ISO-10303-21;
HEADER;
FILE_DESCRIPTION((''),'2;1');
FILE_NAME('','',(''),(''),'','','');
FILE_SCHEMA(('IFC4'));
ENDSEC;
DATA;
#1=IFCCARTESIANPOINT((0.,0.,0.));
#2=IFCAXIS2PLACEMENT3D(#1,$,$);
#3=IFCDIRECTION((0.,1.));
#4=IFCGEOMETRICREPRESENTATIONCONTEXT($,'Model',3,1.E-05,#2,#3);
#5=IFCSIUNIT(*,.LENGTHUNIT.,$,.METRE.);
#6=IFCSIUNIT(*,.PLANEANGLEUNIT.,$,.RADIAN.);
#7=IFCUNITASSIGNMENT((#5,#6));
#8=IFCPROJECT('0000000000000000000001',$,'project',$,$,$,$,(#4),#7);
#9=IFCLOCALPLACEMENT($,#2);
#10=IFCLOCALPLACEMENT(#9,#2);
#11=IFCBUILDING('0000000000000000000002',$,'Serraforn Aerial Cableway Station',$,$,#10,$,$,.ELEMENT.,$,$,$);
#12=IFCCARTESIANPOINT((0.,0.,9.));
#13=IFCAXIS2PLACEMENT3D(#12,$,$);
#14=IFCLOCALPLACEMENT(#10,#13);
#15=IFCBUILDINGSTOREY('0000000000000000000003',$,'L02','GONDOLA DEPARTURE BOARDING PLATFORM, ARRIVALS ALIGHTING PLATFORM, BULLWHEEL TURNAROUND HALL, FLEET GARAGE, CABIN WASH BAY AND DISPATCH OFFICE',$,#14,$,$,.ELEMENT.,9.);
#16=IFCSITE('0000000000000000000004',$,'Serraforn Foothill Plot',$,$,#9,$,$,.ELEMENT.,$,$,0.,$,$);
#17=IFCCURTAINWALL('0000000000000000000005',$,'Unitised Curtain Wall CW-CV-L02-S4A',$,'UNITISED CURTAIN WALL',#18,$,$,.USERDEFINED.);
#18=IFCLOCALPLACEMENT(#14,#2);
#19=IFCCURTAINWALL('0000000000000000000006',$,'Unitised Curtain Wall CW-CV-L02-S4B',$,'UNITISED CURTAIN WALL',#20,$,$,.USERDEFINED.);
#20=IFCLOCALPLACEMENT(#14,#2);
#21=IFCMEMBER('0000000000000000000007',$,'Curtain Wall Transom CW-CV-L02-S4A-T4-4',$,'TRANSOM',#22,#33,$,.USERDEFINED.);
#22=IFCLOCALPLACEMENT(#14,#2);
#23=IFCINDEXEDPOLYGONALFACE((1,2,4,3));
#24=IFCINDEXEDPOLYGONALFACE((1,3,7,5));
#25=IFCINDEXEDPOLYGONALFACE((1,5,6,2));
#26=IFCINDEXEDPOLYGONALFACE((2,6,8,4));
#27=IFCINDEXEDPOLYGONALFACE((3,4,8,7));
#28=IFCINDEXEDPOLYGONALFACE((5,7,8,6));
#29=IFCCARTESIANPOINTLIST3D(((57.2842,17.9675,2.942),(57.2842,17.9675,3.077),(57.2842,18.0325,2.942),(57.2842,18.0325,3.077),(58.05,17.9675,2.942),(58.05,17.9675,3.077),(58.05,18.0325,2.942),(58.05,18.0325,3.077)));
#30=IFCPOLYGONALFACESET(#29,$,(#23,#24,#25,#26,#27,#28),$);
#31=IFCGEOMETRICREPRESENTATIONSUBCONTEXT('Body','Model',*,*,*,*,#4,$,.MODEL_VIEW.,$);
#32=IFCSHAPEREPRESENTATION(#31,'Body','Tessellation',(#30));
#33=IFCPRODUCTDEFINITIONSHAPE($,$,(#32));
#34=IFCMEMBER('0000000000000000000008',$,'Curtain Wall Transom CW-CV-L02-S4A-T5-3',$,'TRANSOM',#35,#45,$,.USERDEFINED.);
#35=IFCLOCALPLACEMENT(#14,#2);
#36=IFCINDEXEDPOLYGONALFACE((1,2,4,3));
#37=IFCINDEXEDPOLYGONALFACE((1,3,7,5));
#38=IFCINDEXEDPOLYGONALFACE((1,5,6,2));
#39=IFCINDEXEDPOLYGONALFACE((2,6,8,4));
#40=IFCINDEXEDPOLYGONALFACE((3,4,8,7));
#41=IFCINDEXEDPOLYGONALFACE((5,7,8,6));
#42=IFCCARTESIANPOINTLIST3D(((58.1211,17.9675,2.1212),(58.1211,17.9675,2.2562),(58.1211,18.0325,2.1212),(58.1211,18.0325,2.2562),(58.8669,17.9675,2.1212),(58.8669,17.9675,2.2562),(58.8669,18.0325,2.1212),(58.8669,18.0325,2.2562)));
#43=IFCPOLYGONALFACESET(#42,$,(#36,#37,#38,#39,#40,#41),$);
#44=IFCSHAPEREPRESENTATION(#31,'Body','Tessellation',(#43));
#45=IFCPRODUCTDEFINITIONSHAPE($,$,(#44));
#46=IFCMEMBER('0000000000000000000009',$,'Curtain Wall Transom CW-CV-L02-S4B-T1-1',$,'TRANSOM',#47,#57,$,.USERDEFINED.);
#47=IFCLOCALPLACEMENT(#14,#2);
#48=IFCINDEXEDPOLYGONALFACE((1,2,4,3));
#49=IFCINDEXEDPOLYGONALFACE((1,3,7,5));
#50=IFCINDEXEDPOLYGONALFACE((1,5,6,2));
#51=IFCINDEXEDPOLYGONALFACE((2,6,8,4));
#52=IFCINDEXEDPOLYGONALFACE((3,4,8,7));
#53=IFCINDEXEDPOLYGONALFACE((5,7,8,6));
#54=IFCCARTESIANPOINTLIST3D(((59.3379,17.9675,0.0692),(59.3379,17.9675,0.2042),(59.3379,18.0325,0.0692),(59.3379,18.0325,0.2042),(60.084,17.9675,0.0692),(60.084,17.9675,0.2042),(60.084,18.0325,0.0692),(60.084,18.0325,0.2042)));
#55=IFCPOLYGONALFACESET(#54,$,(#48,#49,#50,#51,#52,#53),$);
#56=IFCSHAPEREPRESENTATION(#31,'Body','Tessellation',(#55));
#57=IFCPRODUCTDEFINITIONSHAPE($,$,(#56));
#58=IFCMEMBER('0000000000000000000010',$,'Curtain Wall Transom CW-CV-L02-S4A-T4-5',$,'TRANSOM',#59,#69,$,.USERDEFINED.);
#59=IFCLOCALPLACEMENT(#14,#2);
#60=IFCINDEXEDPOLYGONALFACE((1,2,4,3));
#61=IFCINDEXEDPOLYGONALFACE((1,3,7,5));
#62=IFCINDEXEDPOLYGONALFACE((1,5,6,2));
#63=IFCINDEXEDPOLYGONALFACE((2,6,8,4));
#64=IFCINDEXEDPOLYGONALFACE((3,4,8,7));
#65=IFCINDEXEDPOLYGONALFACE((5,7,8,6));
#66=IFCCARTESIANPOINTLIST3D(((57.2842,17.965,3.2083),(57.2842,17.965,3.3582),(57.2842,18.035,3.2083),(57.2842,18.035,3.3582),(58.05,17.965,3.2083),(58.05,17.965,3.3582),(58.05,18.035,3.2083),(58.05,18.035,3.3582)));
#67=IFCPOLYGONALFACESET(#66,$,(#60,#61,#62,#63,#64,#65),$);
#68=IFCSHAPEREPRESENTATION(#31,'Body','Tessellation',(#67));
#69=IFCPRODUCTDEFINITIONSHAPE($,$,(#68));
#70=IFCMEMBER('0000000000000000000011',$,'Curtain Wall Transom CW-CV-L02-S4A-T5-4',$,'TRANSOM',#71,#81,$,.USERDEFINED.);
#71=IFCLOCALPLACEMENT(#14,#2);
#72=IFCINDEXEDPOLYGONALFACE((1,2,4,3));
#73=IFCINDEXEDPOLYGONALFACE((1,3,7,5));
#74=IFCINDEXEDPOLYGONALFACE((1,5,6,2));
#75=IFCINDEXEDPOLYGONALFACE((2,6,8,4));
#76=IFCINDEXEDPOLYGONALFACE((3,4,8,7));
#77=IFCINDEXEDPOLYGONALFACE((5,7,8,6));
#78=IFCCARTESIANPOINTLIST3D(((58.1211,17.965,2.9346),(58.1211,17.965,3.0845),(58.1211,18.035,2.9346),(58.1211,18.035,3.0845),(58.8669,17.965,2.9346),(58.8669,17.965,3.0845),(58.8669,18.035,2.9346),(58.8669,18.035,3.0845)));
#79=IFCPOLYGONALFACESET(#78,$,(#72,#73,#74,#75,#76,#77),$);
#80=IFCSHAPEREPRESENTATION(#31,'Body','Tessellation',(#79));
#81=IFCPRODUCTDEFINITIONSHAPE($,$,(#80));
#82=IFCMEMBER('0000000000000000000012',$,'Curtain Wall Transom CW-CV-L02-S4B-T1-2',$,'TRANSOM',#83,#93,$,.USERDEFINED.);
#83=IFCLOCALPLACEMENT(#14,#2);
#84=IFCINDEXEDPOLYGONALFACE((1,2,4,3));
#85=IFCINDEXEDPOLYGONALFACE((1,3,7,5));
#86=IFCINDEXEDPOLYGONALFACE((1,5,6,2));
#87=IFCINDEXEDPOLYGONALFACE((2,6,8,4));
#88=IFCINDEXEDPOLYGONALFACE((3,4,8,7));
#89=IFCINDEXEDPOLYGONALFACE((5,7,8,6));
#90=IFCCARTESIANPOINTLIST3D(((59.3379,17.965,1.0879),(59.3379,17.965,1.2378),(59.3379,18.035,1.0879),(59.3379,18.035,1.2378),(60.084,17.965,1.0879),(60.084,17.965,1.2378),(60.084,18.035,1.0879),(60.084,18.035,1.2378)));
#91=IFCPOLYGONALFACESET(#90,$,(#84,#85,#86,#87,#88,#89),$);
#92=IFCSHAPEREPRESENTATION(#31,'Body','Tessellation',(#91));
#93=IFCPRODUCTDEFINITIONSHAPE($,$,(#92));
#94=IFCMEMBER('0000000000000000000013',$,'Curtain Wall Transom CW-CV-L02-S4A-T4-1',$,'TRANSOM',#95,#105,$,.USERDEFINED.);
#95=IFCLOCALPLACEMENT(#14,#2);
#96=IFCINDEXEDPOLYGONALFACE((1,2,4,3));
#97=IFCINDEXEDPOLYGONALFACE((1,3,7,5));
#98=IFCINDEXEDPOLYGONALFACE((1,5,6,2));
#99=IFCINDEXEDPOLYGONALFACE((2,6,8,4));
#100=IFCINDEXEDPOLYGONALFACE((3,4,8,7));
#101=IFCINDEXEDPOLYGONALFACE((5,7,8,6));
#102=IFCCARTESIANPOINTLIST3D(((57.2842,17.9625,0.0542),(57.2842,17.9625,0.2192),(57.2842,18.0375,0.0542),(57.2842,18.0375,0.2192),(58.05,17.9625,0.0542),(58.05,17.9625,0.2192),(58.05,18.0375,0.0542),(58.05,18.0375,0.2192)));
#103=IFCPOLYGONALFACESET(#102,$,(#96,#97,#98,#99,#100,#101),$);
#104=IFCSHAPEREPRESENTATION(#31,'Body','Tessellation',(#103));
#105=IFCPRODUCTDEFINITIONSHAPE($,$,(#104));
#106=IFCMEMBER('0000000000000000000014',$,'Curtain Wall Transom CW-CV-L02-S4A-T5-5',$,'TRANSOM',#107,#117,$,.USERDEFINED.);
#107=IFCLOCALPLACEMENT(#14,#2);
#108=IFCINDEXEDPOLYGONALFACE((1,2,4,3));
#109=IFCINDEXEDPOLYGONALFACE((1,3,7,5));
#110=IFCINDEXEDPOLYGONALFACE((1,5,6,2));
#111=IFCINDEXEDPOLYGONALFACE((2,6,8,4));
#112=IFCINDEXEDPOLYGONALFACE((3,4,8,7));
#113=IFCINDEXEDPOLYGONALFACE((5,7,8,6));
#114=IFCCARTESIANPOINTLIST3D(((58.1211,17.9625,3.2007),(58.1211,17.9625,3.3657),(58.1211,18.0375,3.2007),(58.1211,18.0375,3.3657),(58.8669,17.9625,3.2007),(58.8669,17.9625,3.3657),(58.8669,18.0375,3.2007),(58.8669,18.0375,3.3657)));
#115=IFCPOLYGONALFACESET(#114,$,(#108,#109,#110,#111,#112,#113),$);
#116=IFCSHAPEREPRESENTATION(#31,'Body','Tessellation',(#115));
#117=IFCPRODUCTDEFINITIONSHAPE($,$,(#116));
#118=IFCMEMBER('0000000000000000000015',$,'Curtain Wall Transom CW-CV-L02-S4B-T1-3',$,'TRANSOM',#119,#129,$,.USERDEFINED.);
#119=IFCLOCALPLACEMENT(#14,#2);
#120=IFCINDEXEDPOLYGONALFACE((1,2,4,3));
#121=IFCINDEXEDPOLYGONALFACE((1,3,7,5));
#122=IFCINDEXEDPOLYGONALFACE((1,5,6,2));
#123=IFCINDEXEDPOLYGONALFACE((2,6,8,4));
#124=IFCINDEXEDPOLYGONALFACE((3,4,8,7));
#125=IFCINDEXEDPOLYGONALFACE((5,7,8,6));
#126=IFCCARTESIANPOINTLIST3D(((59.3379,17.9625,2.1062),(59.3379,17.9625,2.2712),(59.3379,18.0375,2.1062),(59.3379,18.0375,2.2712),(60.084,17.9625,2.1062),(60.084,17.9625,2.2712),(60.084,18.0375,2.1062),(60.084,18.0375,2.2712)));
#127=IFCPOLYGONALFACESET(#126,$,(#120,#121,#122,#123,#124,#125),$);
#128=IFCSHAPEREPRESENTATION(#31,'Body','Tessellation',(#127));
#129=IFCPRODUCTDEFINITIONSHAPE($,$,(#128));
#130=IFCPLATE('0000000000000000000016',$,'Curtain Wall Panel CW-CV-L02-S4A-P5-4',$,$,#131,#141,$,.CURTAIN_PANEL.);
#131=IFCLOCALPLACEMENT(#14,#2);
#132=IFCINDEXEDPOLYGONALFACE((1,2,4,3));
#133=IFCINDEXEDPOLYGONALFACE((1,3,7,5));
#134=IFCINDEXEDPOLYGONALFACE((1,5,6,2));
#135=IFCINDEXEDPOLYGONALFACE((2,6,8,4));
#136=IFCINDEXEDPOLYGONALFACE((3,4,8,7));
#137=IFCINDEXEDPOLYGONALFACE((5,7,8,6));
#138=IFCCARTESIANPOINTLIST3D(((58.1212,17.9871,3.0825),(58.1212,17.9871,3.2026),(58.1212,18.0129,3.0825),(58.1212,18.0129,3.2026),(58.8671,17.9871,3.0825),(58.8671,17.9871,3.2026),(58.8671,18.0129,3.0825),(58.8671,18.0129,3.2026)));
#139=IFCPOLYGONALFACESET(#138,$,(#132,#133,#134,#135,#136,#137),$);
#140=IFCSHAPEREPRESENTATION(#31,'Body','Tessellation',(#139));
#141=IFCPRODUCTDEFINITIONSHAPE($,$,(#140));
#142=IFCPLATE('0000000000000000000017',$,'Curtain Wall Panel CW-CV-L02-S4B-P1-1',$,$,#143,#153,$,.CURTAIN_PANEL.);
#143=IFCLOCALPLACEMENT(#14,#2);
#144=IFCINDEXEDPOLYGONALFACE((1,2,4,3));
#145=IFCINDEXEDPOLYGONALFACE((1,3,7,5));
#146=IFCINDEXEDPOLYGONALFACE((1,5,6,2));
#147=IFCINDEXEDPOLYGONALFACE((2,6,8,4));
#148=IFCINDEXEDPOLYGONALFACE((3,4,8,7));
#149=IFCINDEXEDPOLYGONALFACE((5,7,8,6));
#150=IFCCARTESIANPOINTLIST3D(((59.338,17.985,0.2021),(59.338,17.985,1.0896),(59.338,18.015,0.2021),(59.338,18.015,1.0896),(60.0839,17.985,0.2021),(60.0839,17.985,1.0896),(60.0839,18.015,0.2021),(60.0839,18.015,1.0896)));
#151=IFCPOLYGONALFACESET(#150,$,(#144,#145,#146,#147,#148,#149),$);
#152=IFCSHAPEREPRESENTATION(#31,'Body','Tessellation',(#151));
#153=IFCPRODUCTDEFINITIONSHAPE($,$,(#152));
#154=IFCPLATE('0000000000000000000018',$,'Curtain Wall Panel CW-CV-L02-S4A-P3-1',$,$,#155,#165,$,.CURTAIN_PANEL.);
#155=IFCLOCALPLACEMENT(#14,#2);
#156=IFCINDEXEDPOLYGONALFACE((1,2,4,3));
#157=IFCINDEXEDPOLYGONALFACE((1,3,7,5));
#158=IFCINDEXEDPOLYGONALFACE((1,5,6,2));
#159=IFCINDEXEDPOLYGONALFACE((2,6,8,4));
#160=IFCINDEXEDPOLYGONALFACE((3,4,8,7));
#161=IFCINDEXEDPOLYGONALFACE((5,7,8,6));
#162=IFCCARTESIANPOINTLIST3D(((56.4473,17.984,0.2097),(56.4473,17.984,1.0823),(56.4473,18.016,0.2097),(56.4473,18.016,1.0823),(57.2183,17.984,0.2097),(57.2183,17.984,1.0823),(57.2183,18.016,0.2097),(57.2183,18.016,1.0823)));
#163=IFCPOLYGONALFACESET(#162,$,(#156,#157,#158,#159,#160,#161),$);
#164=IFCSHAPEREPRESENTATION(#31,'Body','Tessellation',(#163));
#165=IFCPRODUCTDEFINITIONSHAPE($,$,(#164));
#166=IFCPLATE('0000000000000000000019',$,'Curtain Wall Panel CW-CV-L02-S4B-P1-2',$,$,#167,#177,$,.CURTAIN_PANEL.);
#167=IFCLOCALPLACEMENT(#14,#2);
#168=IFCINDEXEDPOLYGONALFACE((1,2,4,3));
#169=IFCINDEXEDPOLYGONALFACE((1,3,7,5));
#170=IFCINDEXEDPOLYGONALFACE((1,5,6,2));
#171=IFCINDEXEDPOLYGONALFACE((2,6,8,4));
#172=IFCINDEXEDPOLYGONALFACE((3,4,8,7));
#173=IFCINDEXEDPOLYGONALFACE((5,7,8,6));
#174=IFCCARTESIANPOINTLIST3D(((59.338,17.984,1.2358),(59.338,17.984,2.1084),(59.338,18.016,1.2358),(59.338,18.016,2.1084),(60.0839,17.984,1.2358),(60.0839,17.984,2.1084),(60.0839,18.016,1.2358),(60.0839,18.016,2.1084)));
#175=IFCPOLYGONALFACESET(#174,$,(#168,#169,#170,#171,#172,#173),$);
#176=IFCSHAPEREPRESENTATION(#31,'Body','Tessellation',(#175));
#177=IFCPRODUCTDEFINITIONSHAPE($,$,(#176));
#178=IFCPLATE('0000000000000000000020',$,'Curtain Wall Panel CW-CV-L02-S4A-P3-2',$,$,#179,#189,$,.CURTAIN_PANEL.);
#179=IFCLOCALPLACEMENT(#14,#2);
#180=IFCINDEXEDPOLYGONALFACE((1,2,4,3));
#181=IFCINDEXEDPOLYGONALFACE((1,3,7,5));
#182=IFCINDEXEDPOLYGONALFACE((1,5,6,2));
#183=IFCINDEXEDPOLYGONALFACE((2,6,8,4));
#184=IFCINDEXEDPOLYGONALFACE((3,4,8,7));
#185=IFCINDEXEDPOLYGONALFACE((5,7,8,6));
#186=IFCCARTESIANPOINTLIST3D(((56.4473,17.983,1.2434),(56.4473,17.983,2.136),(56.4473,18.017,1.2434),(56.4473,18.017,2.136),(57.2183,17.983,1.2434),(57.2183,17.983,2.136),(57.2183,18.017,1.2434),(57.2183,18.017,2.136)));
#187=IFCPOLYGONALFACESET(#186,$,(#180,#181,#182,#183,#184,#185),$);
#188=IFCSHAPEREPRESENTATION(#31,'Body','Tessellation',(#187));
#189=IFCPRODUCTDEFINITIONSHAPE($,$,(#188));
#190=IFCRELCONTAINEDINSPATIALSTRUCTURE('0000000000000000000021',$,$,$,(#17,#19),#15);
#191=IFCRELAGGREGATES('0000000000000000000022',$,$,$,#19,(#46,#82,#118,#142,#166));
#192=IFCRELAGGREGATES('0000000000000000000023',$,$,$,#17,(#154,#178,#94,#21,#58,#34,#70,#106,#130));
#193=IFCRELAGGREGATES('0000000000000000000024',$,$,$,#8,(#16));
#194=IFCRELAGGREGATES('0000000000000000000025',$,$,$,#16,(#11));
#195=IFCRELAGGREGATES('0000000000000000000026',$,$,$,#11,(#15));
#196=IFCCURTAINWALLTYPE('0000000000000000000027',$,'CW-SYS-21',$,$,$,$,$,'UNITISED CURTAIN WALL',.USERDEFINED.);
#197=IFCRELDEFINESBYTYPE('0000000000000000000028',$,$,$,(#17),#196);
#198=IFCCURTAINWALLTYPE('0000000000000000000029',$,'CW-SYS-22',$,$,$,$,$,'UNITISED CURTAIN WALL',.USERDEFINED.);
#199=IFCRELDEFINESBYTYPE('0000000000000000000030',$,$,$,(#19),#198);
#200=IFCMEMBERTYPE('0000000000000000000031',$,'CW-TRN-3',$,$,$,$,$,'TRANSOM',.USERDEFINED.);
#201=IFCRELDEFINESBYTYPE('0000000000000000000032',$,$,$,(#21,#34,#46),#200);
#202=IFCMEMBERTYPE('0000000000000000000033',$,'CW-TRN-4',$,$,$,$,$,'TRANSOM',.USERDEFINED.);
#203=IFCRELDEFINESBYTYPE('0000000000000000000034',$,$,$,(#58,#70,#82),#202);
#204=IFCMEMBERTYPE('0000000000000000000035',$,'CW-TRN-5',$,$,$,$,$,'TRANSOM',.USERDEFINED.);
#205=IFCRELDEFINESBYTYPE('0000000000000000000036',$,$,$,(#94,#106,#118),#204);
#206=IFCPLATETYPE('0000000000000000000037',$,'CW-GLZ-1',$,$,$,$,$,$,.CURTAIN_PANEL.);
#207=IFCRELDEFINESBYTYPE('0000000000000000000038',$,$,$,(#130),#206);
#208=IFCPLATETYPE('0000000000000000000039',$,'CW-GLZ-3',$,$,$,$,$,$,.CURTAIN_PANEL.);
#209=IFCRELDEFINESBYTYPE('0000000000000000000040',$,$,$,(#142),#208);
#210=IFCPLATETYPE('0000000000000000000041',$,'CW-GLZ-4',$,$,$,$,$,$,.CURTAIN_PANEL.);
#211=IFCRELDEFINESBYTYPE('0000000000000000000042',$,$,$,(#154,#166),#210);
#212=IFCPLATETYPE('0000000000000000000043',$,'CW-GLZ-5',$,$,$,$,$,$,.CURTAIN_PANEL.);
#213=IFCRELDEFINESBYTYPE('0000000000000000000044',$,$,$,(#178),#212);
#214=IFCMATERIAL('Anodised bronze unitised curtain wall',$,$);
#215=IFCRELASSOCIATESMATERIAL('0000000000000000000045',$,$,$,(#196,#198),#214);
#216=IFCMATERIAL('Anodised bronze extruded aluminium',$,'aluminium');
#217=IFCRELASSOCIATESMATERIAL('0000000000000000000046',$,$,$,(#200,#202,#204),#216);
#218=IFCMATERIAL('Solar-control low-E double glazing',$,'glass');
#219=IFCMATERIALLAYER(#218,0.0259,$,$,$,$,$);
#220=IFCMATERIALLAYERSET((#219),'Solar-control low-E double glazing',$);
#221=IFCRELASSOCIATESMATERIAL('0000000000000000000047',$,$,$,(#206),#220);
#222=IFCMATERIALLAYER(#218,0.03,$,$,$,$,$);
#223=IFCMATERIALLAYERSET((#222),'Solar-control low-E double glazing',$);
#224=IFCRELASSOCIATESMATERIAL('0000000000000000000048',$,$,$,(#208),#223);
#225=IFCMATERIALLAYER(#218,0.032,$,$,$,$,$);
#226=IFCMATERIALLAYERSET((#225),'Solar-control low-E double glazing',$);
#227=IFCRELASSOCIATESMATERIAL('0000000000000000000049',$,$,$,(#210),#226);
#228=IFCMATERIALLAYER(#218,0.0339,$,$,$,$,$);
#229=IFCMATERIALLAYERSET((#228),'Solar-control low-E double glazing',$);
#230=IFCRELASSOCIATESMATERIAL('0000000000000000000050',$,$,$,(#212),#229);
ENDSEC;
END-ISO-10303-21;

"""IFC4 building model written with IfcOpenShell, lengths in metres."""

from ifc_helpers import new_model, si_unit, direction, frame, origin, origin_2d, place, context, subcontext, project, spatial, rectangle, extrude, material, layer, layer_set, material_profile, profile_set, type_object, element, aggregate, save


model = new_model("IFC4")

# Units and contexts
model_context = context("Model", 3, precision=1e-05, world=origin(), true_north=direction((0.0, 1.0)))
body_context = subcontext(model_context, "Body", "Model", "MODEL_VIEW")
ifc_project = project(units=[si_unit("LENGTHUNIT", "METRE"), si_unit("PLANEANGLEUNIT", "RADIAN")], contexts=[model_context])

# Site, building, storey
site_placement = place(None, origin())
site = spatial("IfcSite", under=ifc_project, at=site_placement, Name="Serraforn Foothill Plot", CompositionType="ELEMENT", RefElevation=0.0)
building_placement = place(site_placement, origin())
building = spatial("IfcBuilding", under=site, at=building_placement, Name="Serraforn Aerial Cableway Station", CompositionType="ELEMENT")
storey_placement = place(building_placement, frame((0.0, 0.0, 9.0)))
storey = spatial("IfcBuildingStorey", under=building, at=storey_placement, Name="L02", Description="GONDOLA DEPARTURE BOARDING PLATFORM, ARRIVALS ALIGHTING PLATFORM, BULLWHEEL TURNAROUND HALL, FLEET GARAGE, CABIN WASH BAY AND DISPATCH OFFICE", CompositionType="ELEMENT", Elevation=9.0)

# Curtain walls
ifc_material_1 = material(Name="Anodised bronze unitised curtain wall")
curtain_wall_type_1 = type_object("IfcCurtainWallType", Name="CW-SYS-21", ElementType="UNITISED CURTAIN WALL", PredefinedType="USERDEFINED", material=ifc_material_1)
curtain_wall_1_placement = place(storey_placement, origin())
curtain_wall_1 = element("IfcCurtainWall", 1, at=curtain_wall_1_placement, inside=storey, type_object=curtain_wall_type_1, Name="Unitised Curtain Wall CW-CV-L02-S4A", ObjectType="UNITISED CURTAIN WALL", PredefinedType="USERDEFINED")
ifc_material_2 = material(Name="Anodised bronze extruded aluminium", Category="aluminium")
curtain_wall_type_2 = type_object("IfcCurtainWallType", Name="CW-SYS-22", ElementType="UNITISED CURTAIN WALL", PredefinedType="USERDEFINED", material=ifc_material_1)
curtain_wall_2_placement = place(storey_placement, origin())
curtain_wall_2 = element("IfcCurtainWall", 2, at=curtain_wall_2_placement, inside=storey, type_object=curtain_wall_type_2, Name="Unitised Curtain Wall CW-CV-L02-S4B", ObjectType="UNITISED CURTAIN WALL", PredefinedType="USERDEFINED")

# Members
ifc_material_profile_1 = material_profile(ifc_material_2, rectangle(XDim=0.0649, YDim=0.135, at=origin_2d()), Name="CW TRANSOM 65x135")
ifc_profile_set_1 = profile_set([ifc_material_profile_1], Name="Anodised bronze extruded aluminium")
member_type_1 = type_object("IfcMemberType", Name="CW-TRN-3", ElementType="TRANSOM", PredefinedType="USERDEFINED", material=ifc_profile_set_1)
member_1_placement = place(storey_placement, frame((57.2842, 18.0, 3.0095), z_axis=(1.0, 0.0, 0.0), x_axis=(0.0, 1.0, 0.0)))
member_1 = element("IfcMember", 3, at=member_1_placement, type_object=member_type_1, Name="Curtain Wall Transom CW-CV-L02-S4A-T4-4", ObjectType="TRANSOM", PredefinedType="USERDEFINED", context=body_context, shape_type="SweptSolid", body=[
    extrude(rectangle(XDim=0.0649, YDim=0.135, at=origin_2d()), origin(), (0.0, 0.0, 1.0), 0.7659),
])
member_2_placement = place(storey_placement, frame((58.1211, 18.0, 2.1887), z_axis=(1.0, 0.0, 0.0), x_axis=(0.0, 1.0, 0.0)))
member_2 = element("IfcMember", 4, at=member_2_placement, type_object=member_type_1, Name="Curtain Wall Transom CW-CV-L02-S4A-T5-3", ObjectType="TRANSOM", PredefinedType="USERDEFINED", context=body_context, shape_type="SweptSolid", body=[
    extrude(rectangle(XDim=0.0649, YDim=0.135, at=origin_2d()), origin(), (0.0, 0.0, 1.0), 0.7458),
])
member_3_placement = place(storey_placement, frame((59.3379, 18.0, 0.1367), z_axis=(1.0, 0.0, 0.0), x_axis=(0.0, 1.0, 0.0)))
member_3 = element("IfcMember", 5, at=member_3_placement, type_object=member_type_1, Name="Curtain Wall Transom CW-CV-L02-S4B-T1-1", ObjectType="TRANSOM", PredefinedType="USERDEFINED", context=body_context, shape_type="SweptSolid", body=[
    extrude(rectangle(XDim=0.0649, YDim=0.135, at=origin_2d()), origin(), (0.0, 0.0, 1.0), 0.7461),
])
ifc_material_profile_2 = material_profile(ifc_material_2, rectangle(XDim=0.0701, YDim=0.1499, at=origin_2d()), Name="CW TRANSOM 70x150")
ifc_profile_set_2 = profile_set([ifc_material_profile_2], Name="Anodised bronze extruded aluminium")
member_type_2 = type_object("IfcMemberType", Name="CW-TRN-4", ElementType="TRANSOM", PredefinedType="USERDEFINED", material=ifc_profile_set_2)
member_4_placement = place(storey_placement, frame((57.2842, 18.0, 3.2832), z_axis=(1.0, 0.0, 0.0), x_axis=(0.0, 1.0, 0.0)))
member_4 = element("IfcMember", 6, at=member_4_placement, type_object=member_type_2, Name="Curtain Wall Transom CW-CV-L02-S4A-T4-5", ObjectType="TRANSOM", PredefinedType="USERDEFINED", context=body_context, shape_type="SweptSolid", body=[
    extrude(rectangle(XDim=0.0701, YDim=0.1499, at=origin_2d()), origin(), (0.0, 0.0, 1.0), 0.7659),
])
member_5_placement = place(storey_placement, frame((58.1211, 18.0, 3.0095), z_axis=(1.0, 0.0, 0.0), x_axis=(0.0, 1.0, 0.0)))
member_5 = element("IfcMember", 7, at=member_5_placement, type_object=member_type_2, Name="Curtain Wall Transom CW-CV-L02-S4A-T5-4", ObjectType="TRANSOM", PredefinedType="USERDEFINED", context=body_context, shape_type="SweptSolid", body=[
    extrude(rectangle(XDim=0.0701, YDim=0.1499, at=origin_2d()), origin(), (0.0, 0.0, 1.0), 0.7458),
])
member_6_placement = place(storey_placement, frame((59.3379, 18.0, 1.1628), z_axis=(1.0, 0.0, 0.0), x_axis=(0.0, 1.0, 0.0)))
member_6 = element("IfcMember", 8, at=member_6_placement, type_object=member_type_2, Name="Curtain Wall Transom CW-CV-L02-S4B-T1-2", ObjectType="TRANSOM", PredefinedType="USERDEFINED", context=body_context, shape_type="SweptSolid", body=[
    extrude(rectangle(XDim=0.0701, YDim=0.1499, at=origin_2d()), origin(), (0.0, 0.0, 1.0), 0.7461),
])
ifc_material_profile_3 = material_profile(ifc_material_2, rectangle(XDim=0.075, YDim=0.165, at=origin_2d()), Name="CW TRANSOM 75x165")
ifc_profile_set_3 = profile_set([ifc_material_profile_3], Name="Anodised bronze extruded aluminium")
member_type_3 = type_object("IfcMemberType", Name="CW-TRN-5", ElementType="TRANSOM", PredefinedType="USERDEFINED", material=ifc_profile_set_3)
member_7_placement = place(storey_placement, frame((57.2842, 18.0, 0.1367), z_axis=(1.0, 0.0, 0.0), x_axis=(0.0, 1.0, 0.0)))
member_7 = element("IfcMember", 9, at=member_7_placement, type_object=member_type_3, Name="Curtain Wall Transom CW-CV-L02-S4A-T4-1", ObjectType="TRANSOM", PredefinedType="USERDEFINED", context=body_context, shape_type="SweptSolid", body=[
    extrude(rectangle(XDim=0.075, YDim=0.165, at=origin_2d()), origin(), (0.0, 0.0, 1.0), 0.7659),
])
member_8_placement = place(storey_placement, frame((58.1211, 18.0, 3.2832), z_axis=(1.0, 0.0, 0.0), x_axis=(0.0, 1.0, 0.0)))
member_8 = element("IfcMember", 10, at=member_8_placement, type_object=member_type_3, Name="Curtain Wall Transom CW-CV-L02-S4A-T5-5", ObjectType="TRANSOM", PredefinedType="USERDEFINED", context=body_context, shape_type="SweptSolid", body=[
    extrude(rectangle(XDim=0.075, YDim=0.165, at=origin_2d()), origin(), (0.0, 0.0, 1.0), 0.7458),
])
member_9_placement = place(storey_placement, frame((59.3379, 18.0, 2.1887), z_axis=(1.0, 0.0, 0.0), x_axis=(0.0, 1.0, 0.0)))
member_9 = element("IfcMember", 11, at=member_9_placement, type_object=member_type_3, Name="Curtain Wall Transom CW-CV-L02-S4B-T1-3", ObjectType="TRANSOM", PredefinedType="USERDEFINED", context=body_context, shape_type="SweptSolid", body=[
    extrude(rectangle(XDim=0.075, YDim=0.165, at=origin_2d()), origin(), (0.0, 0.0, 1.0), 0.7461),
])

# Plates
ifc_material_3 = material(Name="Solar-control low-E double glazing", Category="glass")
ifc_layer_1 = layer(ifc_material_3, 0.0259)
ifc_layer_set_1 = layer_set([ifc_layer_1], Name="Solar-control low-E double glazing")
plate_type_1 = type_object("IfcPlateType", Name="CW-GLZ-1", PredefinedType="CURTAIN_PANEL", material=ifc_layer_set_1)
plate_1_placement = place(storey_placement, frame((58.4941, 18.0, 3.0825), z_axis=(0.0, 0.0, 1.0), x_axis=(1.0, 0.0, 0.0)))
plate_1 = element("IfcPlate", 12, at=plate_1_placement, type_object=plate_type_1, Name="Curtain Wall Panel CW-CV-L02-S4A-P5-4", PredefinedType="CURTAIN_PANEL", context=body_context, shape_type="SweptSolid", body=[
    extrude(rectangle(XDim=0.7458, YDim=0.0259, at=origin_2d()), origin(), (0.0, 0.0, 1.0), 0.1201),
])
ifc_layer_2 = layer(ifc_material_3, 0.03)
ifc_layer_set_2 = layer_set([ifc_layer_2], Name="Solar-control low-E double glazing")
plate_type_2 = type_object("IfcPlateType", Name="CW-GLZ-3", PredefinedType="CURTAIN_PANEL", material=ifc_layer_set_2)
plate_2_placement = place(storey_placement, frame((59.7109, 18.0, 0.2021), z_axis=(0.0, 0.0, 1.0), x_axis=(1.0, 0.0, 0.0)))
plate_2 = element("IfcPlate", 13, at=plate_2_placement, type_object=plate_type_2, Name="Curtain Wall Panel CW-CV-L02-S4B-P1-1", PredefinedType="CURTAIN_PANEL", context=body_context, shape_type="SweptSolid", body=[
    extrude(rectangle(XDim=0.7458, YDim=0.03, at=origin_2d()), origin(), (0.0, 0.0, 1.0), 0.8875),
])
ifc_layer_3 = layer(ifc_material_3, 0.032)
ifc_layer_set_3 = layer_set([ifc_layer_3], Name="Solar-control low-E double glazing")
plate_type_3 = type_object("IfcPlateType", Name="CW-GLZ-4", PredefinedType="CURTAIN_PANEL", material=ifc_layer_set_3)
plate_3_placement = place(storey_placement, frame((56.8328, 18.0, 0.2097), z_axis=(0.0, 0.0, 1.0), x_axis=(1.0, 0.0, 0.0)))
plate_3 = element("IfcPlate", 14, at=plate_3_placement, type_object=plate_type_3, Name="Curtain Wall Panel CW-CV-L02-S4A-P3-1", PredefinedType="CURTAIN_PANEL", context=body_context, shape_type="SweptSolid", body=[
    extrude(rectangle(XDim=0.771, YDim=0.032, at=origin_2d()), origin(), (0.0, 0.0, 1.0), 0.8726),
])
plate_4_placement = place(storey_placement, frame((59.7109, 18.0, 1.2358), z_axis=(0.0, 0.0, 1.0), x_axis=(1.0, 0.0, 0.0)))
plate_4 = element("IfcPlate", 15, at=plate_4_placement, type_object=plate_type_3, Name="Curtain Wall Panel CW-CV-L02-S4B-P1-2", PredefinedType="CURTAIN_PANEL", context=body_context, shape_type="SweptSolid", body=[
    extrude(rectangle(XDim=0.7458, YDim=0.032, at=origin_2d()), origin(), (0.0, 0.0, 1.0), 0.8726),
])
aggregate(curtain_wall_2, [member_3, member_6, member_9, plate_2, plate_4])
ifc_layer_4 = layer(ifc_material_3, 0.0339)
ifc_layer_set_4 = layer_set([ifc_layer_4], Name="Solar-control low-E double glazing")
plate_type_4 = type_object("IfcPlateType", Name="CW-GLZ-5", PredefinedType="CURTAIN_PANEL", material=ifc_layer_set_4)
plate_5_placement = place(storey_placement, frame((56.8328, 18.0, 1.2434), z_axis=(0.0, 0.0, 1.0), x_axis=(1.0, 0.0, 0.0)))
plate_5 = element("IfcPlate", 16, at=plate_5_placement, type_object=plate_type_4, Name="Curtain Wall Panel CW-CV-L02-S4A-P3-2", PredefinedType="CURTAIN_PANEL", context=body_context, shape_type="SweptSolid", body=[
    extrude(rectangle(XDim=0.771, YDim=0.0339, at=origin_2d()), origin(), (0.0, 0.0, 1.0), 0.8926),
])
aggregate(curtain_wall_1, [plate_3, plate_5, member_7, member_1, member_4, member_2, member_5, member_8, plate_1])

save(model, "model.ifc")
